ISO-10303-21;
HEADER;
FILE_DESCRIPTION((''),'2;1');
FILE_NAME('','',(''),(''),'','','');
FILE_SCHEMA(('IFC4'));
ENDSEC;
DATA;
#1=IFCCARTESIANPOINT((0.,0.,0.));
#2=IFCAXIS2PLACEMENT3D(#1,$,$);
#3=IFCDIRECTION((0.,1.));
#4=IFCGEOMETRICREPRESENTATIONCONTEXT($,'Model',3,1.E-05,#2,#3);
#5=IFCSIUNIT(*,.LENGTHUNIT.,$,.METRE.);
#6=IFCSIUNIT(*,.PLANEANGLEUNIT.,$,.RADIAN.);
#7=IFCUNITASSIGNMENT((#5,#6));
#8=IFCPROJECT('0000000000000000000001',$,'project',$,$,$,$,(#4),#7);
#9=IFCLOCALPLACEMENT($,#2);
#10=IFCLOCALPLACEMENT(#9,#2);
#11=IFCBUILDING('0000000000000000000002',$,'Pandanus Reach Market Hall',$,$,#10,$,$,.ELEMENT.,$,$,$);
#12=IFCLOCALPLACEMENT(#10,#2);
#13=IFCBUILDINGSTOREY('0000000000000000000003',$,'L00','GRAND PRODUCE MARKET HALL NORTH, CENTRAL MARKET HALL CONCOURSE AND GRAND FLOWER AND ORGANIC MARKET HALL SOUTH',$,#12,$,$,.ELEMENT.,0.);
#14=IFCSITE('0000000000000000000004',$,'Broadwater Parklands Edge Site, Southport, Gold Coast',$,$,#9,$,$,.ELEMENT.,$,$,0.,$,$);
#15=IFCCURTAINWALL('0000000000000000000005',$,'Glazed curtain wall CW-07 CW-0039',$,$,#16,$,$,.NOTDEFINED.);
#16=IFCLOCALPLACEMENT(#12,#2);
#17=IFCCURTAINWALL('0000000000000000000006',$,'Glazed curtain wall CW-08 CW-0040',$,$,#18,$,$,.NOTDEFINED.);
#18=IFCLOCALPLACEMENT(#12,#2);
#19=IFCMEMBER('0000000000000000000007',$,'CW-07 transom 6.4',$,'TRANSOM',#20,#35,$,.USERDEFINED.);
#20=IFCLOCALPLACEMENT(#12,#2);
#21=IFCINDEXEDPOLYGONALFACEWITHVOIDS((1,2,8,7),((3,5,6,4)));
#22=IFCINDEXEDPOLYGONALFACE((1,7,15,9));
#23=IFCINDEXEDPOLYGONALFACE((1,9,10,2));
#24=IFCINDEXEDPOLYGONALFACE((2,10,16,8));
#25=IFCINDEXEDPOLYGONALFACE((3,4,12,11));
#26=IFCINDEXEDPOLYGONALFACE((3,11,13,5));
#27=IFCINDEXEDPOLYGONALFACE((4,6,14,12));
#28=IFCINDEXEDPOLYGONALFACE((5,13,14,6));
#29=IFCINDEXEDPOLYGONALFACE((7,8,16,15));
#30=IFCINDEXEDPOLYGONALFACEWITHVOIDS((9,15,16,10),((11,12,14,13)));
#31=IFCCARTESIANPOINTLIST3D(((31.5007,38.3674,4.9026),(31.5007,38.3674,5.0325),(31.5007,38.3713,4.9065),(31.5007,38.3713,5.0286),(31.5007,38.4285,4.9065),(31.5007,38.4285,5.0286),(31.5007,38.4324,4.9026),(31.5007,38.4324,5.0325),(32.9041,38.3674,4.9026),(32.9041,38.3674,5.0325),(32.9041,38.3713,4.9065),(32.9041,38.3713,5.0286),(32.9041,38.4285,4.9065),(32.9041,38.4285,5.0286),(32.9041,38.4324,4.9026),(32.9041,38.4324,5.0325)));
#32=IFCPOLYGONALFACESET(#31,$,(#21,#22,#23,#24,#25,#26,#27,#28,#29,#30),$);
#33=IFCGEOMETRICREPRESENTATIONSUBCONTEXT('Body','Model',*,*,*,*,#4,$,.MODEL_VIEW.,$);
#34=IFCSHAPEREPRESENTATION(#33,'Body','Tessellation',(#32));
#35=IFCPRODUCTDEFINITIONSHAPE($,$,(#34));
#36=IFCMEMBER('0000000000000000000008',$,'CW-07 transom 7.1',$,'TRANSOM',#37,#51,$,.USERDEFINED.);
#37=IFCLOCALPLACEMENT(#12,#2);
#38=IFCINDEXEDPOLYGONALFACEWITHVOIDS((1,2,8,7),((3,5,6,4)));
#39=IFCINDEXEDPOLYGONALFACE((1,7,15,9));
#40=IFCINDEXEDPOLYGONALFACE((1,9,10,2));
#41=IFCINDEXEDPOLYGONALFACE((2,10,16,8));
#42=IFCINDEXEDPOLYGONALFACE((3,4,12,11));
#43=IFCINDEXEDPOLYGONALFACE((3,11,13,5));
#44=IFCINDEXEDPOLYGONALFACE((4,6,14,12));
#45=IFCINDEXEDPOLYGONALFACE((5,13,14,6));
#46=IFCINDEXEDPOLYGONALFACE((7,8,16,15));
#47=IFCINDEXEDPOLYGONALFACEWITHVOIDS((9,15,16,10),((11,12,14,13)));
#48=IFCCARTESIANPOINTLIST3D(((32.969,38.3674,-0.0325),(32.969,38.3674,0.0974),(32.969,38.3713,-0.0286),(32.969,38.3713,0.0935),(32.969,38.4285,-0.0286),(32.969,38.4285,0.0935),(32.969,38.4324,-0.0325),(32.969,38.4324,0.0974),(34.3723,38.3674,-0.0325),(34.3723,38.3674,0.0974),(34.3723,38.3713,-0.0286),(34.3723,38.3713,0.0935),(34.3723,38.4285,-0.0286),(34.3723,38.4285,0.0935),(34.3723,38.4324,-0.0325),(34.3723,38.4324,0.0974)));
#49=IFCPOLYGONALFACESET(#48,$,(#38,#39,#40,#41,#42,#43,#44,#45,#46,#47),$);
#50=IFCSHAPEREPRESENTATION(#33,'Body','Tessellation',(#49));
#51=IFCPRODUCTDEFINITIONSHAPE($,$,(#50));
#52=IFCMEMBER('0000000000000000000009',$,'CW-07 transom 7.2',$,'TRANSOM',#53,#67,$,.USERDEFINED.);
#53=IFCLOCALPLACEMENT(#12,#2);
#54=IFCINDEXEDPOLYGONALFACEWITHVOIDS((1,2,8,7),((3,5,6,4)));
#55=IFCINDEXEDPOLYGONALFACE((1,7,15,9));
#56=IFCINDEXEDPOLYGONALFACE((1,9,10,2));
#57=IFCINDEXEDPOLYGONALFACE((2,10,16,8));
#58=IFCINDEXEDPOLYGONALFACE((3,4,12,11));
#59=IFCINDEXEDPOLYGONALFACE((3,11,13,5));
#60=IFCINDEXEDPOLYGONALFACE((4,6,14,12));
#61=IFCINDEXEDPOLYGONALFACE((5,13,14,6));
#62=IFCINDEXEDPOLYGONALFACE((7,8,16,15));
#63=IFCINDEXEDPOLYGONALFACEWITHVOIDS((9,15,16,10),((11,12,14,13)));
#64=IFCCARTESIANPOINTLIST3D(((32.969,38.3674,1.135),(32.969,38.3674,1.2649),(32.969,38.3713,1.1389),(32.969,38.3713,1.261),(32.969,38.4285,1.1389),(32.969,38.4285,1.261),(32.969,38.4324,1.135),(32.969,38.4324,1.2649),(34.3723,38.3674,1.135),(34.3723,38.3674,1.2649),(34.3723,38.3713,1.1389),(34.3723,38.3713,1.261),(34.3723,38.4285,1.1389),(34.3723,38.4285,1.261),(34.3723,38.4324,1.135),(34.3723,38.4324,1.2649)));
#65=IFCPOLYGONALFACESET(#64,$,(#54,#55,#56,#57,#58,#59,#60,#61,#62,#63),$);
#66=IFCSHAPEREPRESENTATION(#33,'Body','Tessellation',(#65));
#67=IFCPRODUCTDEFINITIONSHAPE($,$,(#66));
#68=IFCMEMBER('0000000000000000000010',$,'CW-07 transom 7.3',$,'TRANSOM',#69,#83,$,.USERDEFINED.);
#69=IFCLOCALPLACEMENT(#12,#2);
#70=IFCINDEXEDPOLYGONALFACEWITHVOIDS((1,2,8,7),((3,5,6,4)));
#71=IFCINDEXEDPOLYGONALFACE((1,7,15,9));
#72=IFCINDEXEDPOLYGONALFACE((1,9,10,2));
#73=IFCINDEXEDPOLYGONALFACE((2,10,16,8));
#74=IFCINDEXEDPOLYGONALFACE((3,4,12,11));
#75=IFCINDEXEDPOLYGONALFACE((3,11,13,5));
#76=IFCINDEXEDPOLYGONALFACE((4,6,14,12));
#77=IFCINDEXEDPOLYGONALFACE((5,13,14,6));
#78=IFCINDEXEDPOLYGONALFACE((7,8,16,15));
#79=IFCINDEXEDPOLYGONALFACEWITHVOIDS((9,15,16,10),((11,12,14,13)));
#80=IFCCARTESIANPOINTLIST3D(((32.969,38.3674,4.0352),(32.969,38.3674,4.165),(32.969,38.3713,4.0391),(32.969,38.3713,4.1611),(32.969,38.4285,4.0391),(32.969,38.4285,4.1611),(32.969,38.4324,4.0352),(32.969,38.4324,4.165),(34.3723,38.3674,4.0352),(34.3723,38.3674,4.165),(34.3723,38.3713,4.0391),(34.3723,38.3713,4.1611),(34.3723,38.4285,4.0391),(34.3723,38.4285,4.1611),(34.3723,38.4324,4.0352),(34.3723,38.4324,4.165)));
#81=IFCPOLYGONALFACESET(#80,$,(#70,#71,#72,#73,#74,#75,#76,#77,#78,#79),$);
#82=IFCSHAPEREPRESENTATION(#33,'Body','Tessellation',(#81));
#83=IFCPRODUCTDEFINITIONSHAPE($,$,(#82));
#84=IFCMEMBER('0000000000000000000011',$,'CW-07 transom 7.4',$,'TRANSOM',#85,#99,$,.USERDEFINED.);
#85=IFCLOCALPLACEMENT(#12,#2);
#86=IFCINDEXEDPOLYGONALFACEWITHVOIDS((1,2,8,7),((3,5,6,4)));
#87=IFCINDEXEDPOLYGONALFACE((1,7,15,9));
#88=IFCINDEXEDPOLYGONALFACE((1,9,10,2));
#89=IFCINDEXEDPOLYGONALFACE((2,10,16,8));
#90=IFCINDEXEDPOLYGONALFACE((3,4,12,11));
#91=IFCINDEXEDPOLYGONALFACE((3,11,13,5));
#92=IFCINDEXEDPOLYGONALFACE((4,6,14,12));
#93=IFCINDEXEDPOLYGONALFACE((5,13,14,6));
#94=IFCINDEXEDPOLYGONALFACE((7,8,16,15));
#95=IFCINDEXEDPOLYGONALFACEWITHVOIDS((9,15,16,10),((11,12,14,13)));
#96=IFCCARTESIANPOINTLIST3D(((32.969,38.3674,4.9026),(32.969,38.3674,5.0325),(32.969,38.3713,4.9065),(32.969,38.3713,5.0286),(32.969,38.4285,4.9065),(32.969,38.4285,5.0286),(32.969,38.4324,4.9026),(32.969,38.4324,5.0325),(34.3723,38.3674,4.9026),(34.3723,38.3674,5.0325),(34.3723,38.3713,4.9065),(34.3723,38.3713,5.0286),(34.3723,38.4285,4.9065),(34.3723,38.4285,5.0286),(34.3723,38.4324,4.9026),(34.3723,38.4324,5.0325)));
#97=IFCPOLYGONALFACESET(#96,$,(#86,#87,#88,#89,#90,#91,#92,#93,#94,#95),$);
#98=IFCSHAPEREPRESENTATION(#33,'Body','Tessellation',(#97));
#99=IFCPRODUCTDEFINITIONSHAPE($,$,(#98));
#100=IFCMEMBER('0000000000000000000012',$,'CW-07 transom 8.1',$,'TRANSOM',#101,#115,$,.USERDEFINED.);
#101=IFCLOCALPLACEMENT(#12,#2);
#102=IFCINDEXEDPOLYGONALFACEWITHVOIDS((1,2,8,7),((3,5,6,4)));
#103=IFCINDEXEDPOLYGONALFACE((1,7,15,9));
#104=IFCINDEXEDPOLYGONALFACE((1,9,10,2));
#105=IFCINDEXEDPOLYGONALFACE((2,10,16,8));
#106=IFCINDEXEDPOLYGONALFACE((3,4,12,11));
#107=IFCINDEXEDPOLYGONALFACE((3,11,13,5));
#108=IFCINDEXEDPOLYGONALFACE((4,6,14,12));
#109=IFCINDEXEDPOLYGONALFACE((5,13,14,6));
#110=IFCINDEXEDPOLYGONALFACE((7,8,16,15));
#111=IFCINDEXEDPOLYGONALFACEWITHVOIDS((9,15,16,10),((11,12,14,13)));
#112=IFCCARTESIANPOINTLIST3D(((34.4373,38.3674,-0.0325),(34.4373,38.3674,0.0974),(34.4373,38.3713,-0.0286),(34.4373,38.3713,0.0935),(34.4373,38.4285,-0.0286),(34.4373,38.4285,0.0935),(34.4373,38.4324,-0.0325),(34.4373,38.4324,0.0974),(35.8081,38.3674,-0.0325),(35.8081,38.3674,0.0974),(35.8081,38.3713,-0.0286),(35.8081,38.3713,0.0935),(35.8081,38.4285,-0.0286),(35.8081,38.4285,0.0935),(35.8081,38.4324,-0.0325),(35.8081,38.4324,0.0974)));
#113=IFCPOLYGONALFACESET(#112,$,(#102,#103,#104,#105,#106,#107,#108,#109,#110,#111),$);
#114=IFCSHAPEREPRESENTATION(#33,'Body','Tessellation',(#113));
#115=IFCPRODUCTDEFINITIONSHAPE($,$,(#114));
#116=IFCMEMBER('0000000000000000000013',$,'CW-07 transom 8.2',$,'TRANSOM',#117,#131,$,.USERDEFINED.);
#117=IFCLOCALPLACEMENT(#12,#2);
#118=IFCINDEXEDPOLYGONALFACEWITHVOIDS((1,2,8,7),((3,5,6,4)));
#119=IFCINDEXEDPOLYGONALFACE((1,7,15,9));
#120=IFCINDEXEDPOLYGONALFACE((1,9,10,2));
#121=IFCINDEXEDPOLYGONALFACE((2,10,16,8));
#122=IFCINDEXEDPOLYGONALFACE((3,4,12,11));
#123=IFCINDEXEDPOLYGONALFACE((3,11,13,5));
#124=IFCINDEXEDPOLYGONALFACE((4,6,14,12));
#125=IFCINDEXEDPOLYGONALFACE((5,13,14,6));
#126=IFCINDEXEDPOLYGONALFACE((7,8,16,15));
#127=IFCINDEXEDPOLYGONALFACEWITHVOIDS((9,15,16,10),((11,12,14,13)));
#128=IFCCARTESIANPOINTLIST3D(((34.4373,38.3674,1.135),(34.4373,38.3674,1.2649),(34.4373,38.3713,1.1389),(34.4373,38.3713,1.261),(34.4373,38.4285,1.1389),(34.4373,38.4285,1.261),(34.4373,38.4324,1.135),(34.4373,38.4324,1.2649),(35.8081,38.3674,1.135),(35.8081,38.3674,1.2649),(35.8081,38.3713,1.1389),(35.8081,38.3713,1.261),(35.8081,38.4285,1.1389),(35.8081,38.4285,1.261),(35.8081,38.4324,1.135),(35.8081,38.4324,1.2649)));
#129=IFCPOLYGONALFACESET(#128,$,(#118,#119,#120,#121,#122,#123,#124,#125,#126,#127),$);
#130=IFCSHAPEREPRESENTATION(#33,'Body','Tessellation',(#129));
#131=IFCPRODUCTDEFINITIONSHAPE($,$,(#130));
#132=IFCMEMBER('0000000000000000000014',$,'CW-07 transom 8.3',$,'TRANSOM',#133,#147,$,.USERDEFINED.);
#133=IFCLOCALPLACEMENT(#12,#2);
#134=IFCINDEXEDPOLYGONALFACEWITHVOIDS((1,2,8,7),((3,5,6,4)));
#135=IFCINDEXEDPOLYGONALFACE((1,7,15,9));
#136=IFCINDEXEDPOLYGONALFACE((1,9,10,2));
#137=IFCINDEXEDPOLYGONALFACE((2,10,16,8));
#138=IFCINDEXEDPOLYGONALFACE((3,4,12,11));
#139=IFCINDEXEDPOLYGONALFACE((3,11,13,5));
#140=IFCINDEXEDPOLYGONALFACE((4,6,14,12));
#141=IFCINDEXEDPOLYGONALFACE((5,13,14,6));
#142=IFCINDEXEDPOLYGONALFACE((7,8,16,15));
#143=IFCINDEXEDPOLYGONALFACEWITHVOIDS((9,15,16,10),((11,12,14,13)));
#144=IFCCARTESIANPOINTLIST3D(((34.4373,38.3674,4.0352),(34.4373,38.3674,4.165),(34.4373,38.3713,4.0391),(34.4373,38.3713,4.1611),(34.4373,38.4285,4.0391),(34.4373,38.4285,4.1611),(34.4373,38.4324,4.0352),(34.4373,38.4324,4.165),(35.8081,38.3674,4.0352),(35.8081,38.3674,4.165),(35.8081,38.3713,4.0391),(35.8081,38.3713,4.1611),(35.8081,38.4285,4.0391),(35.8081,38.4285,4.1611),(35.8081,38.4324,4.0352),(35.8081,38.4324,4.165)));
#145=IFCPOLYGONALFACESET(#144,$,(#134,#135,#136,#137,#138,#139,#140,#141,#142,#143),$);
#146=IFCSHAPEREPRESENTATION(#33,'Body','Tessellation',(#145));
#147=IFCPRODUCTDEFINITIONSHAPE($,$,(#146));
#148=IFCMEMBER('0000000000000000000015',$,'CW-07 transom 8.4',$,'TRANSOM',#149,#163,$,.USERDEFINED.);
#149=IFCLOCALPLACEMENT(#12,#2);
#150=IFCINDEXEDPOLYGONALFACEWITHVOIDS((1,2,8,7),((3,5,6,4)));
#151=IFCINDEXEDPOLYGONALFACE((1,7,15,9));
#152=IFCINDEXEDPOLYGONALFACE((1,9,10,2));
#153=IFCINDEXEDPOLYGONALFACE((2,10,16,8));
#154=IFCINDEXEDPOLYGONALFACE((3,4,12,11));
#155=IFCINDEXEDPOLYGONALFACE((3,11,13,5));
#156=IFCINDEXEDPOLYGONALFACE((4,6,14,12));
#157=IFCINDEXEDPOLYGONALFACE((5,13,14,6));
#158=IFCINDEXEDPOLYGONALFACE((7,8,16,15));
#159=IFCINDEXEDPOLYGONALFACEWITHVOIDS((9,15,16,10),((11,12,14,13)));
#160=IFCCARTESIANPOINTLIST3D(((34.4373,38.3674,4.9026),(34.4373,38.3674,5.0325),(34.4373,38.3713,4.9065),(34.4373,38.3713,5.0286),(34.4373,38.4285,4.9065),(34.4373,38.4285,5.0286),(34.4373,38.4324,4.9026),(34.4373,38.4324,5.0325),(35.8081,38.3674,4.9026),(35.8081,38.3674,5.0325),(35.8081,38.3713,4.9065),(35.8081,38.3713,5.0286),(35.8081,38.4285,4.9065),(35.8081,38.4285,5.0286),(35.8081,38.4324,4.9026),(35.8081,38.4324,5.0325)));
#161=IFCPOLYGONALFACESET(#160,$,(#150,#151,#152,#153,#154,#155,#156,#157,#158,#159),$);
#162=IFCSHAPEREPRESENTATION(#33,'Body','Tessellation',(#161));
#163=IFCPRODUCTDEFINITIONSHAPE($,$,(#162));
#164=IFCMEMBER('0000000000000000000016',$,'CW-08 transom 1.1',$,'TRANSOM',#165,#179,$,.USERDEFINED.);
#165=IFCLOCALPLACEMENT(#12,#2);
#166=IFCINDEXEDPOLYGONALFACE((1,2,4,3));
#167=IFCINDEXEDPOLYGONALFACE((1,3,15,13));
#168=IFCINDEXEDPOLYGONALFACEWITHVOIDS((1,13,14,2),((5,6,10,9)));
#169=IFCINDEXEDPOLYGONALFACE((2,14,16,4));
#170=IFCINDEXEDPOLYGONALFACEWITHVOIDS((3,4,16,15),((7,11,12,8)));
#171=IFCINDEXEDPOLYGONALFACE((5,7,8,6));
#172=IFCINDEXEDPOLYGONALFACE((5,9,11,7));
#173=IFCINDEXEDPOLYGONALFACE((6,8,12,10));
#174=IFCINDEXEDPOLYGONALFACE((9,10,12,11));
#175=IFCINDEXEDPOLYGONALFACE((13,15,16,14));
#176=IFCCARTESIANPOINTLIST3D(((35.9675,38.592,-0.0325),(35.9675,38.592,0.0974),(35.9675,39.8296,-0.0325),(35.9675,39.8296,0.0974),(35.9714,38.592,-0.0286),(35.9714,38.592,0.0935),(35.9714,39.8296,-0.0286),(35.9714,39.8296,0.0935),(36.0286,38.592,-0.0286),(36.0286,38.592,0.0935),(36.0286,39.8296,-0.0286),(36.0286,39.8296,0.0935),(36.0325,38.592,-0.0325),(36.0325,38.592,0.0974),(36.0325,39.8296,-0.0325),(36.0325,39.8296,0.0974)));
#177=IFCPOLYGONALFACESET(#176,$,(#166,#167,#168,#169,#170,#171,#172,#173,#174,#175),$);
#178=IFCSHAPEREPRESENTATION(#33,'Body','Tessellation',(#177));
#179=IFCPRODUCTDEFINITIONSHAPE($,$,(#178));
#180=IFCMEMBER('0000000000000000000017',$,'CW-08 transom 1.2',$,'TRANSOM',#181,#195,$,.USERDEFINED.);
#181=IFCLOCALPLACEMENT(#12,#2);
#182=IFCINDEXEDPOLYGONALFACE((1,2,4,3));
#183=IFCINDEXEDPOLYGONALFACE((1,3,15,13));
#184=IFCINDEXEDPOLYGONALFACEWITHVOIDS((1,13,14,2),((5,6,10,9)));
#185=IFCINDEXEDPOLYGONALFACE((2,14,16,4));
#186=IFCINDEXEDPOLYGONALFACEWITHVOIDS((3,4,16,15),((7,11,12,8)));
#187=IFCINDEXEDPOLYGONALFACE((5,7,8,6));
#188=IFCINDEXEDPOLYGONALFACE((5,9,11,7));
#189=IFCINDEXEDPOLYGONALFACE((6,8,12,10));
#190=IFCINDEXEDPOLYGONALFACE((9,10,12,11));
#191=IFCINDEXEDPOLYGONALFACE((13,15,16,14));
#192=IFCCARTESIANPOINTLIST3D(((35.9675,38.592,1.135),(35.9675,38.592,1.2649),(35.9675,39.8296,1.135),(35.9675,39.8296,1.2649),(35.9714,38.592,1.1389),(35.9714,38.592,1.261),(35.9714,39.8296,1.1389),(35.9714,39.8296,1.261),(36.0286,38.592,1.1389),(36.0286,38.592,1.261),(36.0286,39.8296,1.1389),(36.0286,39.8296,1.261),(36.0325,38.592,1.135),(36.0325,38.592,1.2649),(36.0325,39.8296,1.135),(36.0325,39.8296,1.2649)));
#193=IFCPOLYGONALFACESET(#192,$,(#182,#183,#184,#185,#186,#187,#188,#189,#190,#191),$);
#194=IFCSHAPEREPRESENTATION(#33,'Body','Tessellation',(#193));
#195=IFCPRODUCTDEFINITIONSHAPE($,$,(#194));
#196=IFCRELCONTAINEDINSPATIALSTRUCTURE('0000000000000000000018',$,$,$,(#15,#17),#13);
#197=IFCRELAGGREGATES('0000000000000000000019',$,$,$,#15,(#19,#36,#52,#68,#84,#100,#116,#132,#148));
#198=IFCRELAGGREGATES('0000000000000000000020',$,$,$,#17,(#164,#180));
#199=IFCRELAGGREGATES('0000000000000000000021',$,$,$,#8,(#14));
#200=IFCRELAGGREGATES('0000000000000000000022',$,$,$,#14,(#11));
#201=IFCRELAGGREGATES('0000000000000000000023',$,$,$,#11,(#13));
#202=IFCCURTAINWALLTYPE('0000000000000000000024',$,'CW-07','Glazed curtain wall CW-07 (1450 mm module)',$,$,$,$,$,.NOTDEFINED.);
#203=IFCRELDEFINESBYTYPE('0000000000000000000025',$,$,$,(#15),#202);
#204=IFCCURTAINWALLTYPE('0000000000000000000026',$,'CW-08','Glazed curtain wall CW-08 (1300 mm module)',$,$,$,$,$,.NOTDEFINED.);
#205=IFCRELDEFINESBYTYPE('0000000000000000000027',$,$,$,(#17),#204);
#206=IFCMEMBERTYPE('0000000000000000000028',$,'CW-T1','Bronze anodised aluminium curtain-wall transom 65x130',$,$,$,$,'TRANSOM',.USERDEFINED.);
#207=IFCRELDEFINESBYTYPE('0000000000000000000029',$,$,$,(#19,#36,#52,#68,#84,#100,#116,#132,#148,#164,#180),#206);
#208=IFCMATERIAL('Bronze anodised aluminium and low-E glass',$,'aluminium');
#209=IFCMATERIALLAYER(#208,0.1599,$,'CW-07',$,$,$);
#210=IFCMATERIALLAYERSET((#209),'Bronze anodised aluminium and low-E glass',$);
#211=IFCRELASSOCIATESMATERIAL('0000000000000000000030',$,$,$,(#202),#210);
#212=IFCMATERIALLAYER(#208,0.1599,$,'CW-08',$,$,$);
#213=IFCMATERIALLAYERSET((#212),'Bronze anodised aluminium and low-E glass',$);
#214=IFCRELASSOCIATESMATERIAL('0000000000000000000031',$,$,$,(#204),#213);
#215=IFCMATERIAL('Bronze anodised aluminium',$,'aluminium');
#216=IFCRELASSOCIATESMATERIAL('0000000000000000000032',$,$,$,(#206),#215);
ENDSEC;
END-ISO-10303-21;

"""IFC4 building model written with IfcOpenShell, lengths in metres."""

from ifc_helpers import new_model, si_unit, direction, frame, origin, origin_2d, place, context, subcontext, project, spatial, hollow_rectangle, extrude, material, layer, layer_set, material_profile, profile_set, type_object, element, aggregate, save


model = new_model("IFC4")

# Units and contexts
model_context = context("Model", 3, precision=1e-05, world=origin(), true_north=direction((0.0, 1.0)))
body_context = subcontext(model_context, "Body", "Model", "MODEL_VIEW")
ifc_project = project(units=[si_unit("LENGTHUNIT", "METRE"), si_unit("PLANEANGLEUNIT", "RADIAN")], contexts=[model_context])

# Site, building, storey
site_placement = place(None, origin())
site = spatial("IfcSite", under=ifc_project, at=site_placement, Name="Broadwater Parklands Edge Site, Southport, Gold Coast", CompositionType="ELEMENT", RefElevation=0.0)
building_placement = place(site_placement, origin())
building = spatial("IfcBuilding", under=site, at=building_placement, Name="Pandanus Reach Market Hall", CompositionType="ELEMENT")
storey_placement = place(building_placement, origin())
storey = spatial("IfcBuildingStorey", under=building, at=storey_placement, Name="L00", Description="GRAND PRODUCE MARKET HALL NORTH, CENTRAL MARKET HALL CONCOURSE AND GRAND FLOWER AND ORGANIC MARKET HALL SOUTH", CompositionType="ELEMENT", Elevation=0.0)

# Curtain wall
ifc_material_1 = material(Name="Bronze anodised aluminium and low-E glass", Category="aluminium")
ifc_layer_1 = layer(ifc_material_1, 0.1599, Name="CW-07")
ifc_layer_set_1 = layer_set([ifc_layer_1], Name="Bronze anodised aluminium and low-E glass")
curtain_wall_type_1 = type_object("IfcCurtainWallType", Name="CW-07", Description="Glazed curtain wall CW-07 (1450 mm module)", PredefinedType="NOTDEFINED", material=ifc_layer_set_1)
curtain_wall_1_placement = place(storey_placement, origin())
curtain_wall_1 = element("IfcCurtainWall", 1, at=curtain_wall_1_placement, inside=storey, type_object=curtain_wall_type_1, Name="Glazed curtain wall CW-07 CW-0039", PredefinedType="NOTDEFINED")
ifc_material_2 = material(Name="Bronze anodised aluminium", Category="aluminium")

# Curtain wall
ifc_layer_2 = layer(ifc_material_1, 0.1599, Name="CW-08")
ifc_layer_set_2 = layer_set([ifc_layer_2], Name="Bronze anodised aluminium and low-E glass")
curtain_wall_type_2 = type_object("IfcCurtainWallType", Name="CW-08", Description="Glazed curtain wall CW-08 (1300 mm module)", PredefinedType="NOTDEFINED", material=ifc_layer_set_2)
curtain_wall_2_placement = place(storey_placement, origin())
curtain_wall_2 = element("IfcCurtainWall", 2, at=curtain_wall_2_placement, inside=storey, type_object=curtain_wall_type_2, Name="Glazed curtain wall CW-08 CW-0040", PredefinedType="NOTDEFINED")

# Members
ifc_material_profile_1 = material_profile(ifc_material_2, hollow_rectangle(XDim=0.0649, YDim=0.1299, WallThickness=0.0039, at=origin_2d()), Name="ALU65x130", Category="LoadBearing")
ifc_profile_set_1 = profile_set([ifc_material_profile_1], Name="Bronze anodised aluminium")
member_type_1 = type_object("IfcMemberType", Name="CW-T1", Description="Bronze anodised aluminium curtain-wall transom 65x130", ElementType="TRANSOM", PredefinedType="USERDEFINED", material=ifc_profile_set_1)
member_1_placement = place(storey_placement, frame((31.5007, 38.3999, 4.9675), z_axis=(1.0, 0.0, 0.0), x_axis=(0.0, 1.0, 0.0)))
member_1 = element("IfcMember", 3, at=member_1_placement, type_object=member_type_1, Name="CW-07 transom 6.4", ObjectType="TRANSOM", PredefinedType="USERDEFINED", context=body_context, shape_type="SweptSolid", body=[
    extrude(hollow_rectangle(XDim=0.0649, YDim=0.1299, WallThickness=0.0039, at=origin_2d()), origin(), (0.0, 0.0, 1.0), 1.4033),
])
member_2_placement = place(storey_placement, frame((32.969, 38.3999, 0.0325), z_axis=(1.0, 0.0, 0.0), x_axis=(0.0, 1.0, 0.0)))
member_2 = element("IfcMember", 4, at=member_2_placement, type_object=member_type_1, Name="CW-07 transom 7.1", ObjectType="TRANSOM", PredefinedType="USERDEFINED", context=body_context, shape_type="SweptSolid", body=[
    extrude(hollow_rectangle(XDim=0.0649, YDim=0.1299, WallThickness=0.0039, at=origin_2d()), origin(), (0.0, 0.0, 1.0), 1.4033),
])
member_3_placement = place(storey_placement, frame((32.969, 38.3999, 1.2), z_axis=(1.0, 0.0, 0.0), x_axis=(0.0, 1.0, 0.0)))
member_3 = element("IfcMember", 5, at=member_3_placement, type_object=member_type_1, Name="CW-07 transom 7.2", ObjectType="TRANSOM", PredefinedType="USERDEFINED", context=body_context, shape_type="SweptSolid", body=[
    extrude(hollow_rectangle(XDim=0.0649, YDim=0.1299, WallThickness=0.0039, at=origin_2d()), origin(), (0.0, 0.0, 1.0), 1.4033),
])
member_4_placement = place(storey_placement, frame((32.969, 38.3999, 4.1001), z_axis=(1.0, 0.0, 0.0), x_axis=(0.0, 1.0, 0.0)))
member_4 = element("IfcMember", 6, at=member_4_placement, type_object=member_type_1, Name="CW-07 transom 7.3", ObjectType="TRANSOM", PredefinedType="USERDEFINED", context=body_context, shape_type="SweptSolid", body=[
    extrude(hollow_rectangle(XDim=0.0649, YDim=0.1299, WallThickness=0.0039, at=origin_2d()), origin(), (0.0, 0.0, 1.0), 1.4033),
])
member_5_placement = place(storey_placement, frame((32.969, 38.3999, 4.9675), z_axis=(1.0, 0.0, 0.0), x_axis=(0.0, 1.0, 0.0)))
member_5 = element("IfcMember", 7, at=member_5_placement, type_object=member_type_1, Name="CW-07 transom 7.4", ObjectType="TRANSOM", PredefinedType="USERDEFINED", context=body_context, shape_type="SweptSolid", body=[
    extrude(hollow_rectangle(XDim=0.0649, YDim=0.1299, WallThickness=0.0039, at=origin_2d()), origin(), (0.0, 0.0, 1.0), 1.4033),
])
member_6_placement = place(storey_placement, frame((34.4373, 38.3999, 0.0325), z_axis=(1.0, 0.0, 0.0), x_axis=(0.0, 1.0, 0.0)))
member_6 = element("IfcMember", 8, at=member_6_placement, type_object=member_type_1, Name="CW-07 transom 8.1", ObjectType="TRANSOM", PredefinedType="USERDEFINED", context=body_context, shape_type="SweptSolid", body=[
    extrude(hollow_rectangle(XDim=0.0649, YDim=0.1299, WallThickness=0.0039, at=origin_2d()), origin(), (0.0, 0.0, 1.0), 1.3708),
])
member_7_placement = place(storey_placement, frame((34.4373, 38.3999, 1.2), z_axis=(1.0, 0.0, 0.0), x_axis=(0.0, 1.0, 0.0)))
member_7 = element("IfcMember", 9, at=member_7_placement, type_object=member_type_1, Name="CW-07 transom 8.2", ObjectType="TRANSOM", PredefinedType="USERDEFINED", context=body_context, shape_type="SweptSolid", body=[
    extrude(hollow_rectangle(XDim=0.0649, YDim=0.1299, WallThickness=0.0039, at=origin_2d()), origin(), (0.0, 0.0, 1.0), 1.3708),
])
member_8_placement = place(storey_placement, frame((34.4373, 38.3999, 4.1001), z_axis=(1.0, 0.0, 0.0), x_axis=(0.0, 1.0, 0.0)))
member_8 = element("IfcMember", 10, at=member_8_placement, type_object=member_type_1, Name="CW-07 transom 8.3", ObjectType="TRANSOM", PredefinedType="USERDEFINED", context=body_context, shape_type="SweptSolid", body=[
    extrude(hollow_rectangle(XDim=0.0649, YDim=0.1299, WallThickness=0.0039, at=origin_2d()), origin(), (0.0, 0.0, 1.0), 1.3708),
])
member_9_placement = place(storey_placement, frame((34.4373, 38.3999, 4.9675), z_axis=(1.0, 0.0, 0.0), x_axis=(0.0, 1.0, 0.0)))
member_9 = element("IfcMember", 11, at=member_9_placement, type_object=member_type_1, Name="CW-07 transom 8.4", ObjectType="TRANSOM", PredefinedType="USERDEFINED", context=body_context, shape_type="SweptSolid", body=[
    extrude(hollow_rectangle(XDim=0.0649, YDim=0.1299, WallThickness=0.0039, at=origin_2d()), origin(), (0.0, 0.0, 1.0), 1.3708),
])
member_10_placement = place(storey_placement, frame((36.0, 38.592, 0.0325), z_axis=(0.0, 1.0, 0.0), x_axis=(-1.0, 0.0, 0.0)))
member_10 = element("IfcMember", 12, at=member_10_placement, type_object=member_type_1, Name="CW-08 transom 1.1", ObjectType="TRANSOM", PredefinedType="USERDEFINED", context=body_context, shape_type="SweptSolid", body=[
    extrude(hollow_rectangle(XDim=0.0649, YDim=0.1299, WallThickness=0.0039, at=origin_2d()), origin(), (0.0, 0.0, 1.0), 1.2375),
])
member_11_placement = place(storey_placement, frame((36.0, 38.592, 1.2), z_axis=(0.0, 1.0, 0.0), x_axis=(-1.0, 0.0, 0.0)))
member_11 = element("IfcMember", 13, at=member_11_placement, type_object=member_type_1, Name="CW-08 transom 1.2", ObjectType="TRANSOM", PredefinedType="USERDEFINED", context=body_context, shape_type="SweptSolid", body=[
    extrude(hollow_rectangle(XDim=0.0649, YDim=0.1299, WallThickness=0.0039, at=origin_2d()), origin(), (0.0, 0.0, 1.0), 1.2375),
])

aggregate(curtain_wall_1, [member_1, member_2, member_3, member_4, member_5, member_6, member_7, member_8, member_9])
aggregate(curtain_wall_2, [member_10, member_11])

save(model, "model.ifc")
